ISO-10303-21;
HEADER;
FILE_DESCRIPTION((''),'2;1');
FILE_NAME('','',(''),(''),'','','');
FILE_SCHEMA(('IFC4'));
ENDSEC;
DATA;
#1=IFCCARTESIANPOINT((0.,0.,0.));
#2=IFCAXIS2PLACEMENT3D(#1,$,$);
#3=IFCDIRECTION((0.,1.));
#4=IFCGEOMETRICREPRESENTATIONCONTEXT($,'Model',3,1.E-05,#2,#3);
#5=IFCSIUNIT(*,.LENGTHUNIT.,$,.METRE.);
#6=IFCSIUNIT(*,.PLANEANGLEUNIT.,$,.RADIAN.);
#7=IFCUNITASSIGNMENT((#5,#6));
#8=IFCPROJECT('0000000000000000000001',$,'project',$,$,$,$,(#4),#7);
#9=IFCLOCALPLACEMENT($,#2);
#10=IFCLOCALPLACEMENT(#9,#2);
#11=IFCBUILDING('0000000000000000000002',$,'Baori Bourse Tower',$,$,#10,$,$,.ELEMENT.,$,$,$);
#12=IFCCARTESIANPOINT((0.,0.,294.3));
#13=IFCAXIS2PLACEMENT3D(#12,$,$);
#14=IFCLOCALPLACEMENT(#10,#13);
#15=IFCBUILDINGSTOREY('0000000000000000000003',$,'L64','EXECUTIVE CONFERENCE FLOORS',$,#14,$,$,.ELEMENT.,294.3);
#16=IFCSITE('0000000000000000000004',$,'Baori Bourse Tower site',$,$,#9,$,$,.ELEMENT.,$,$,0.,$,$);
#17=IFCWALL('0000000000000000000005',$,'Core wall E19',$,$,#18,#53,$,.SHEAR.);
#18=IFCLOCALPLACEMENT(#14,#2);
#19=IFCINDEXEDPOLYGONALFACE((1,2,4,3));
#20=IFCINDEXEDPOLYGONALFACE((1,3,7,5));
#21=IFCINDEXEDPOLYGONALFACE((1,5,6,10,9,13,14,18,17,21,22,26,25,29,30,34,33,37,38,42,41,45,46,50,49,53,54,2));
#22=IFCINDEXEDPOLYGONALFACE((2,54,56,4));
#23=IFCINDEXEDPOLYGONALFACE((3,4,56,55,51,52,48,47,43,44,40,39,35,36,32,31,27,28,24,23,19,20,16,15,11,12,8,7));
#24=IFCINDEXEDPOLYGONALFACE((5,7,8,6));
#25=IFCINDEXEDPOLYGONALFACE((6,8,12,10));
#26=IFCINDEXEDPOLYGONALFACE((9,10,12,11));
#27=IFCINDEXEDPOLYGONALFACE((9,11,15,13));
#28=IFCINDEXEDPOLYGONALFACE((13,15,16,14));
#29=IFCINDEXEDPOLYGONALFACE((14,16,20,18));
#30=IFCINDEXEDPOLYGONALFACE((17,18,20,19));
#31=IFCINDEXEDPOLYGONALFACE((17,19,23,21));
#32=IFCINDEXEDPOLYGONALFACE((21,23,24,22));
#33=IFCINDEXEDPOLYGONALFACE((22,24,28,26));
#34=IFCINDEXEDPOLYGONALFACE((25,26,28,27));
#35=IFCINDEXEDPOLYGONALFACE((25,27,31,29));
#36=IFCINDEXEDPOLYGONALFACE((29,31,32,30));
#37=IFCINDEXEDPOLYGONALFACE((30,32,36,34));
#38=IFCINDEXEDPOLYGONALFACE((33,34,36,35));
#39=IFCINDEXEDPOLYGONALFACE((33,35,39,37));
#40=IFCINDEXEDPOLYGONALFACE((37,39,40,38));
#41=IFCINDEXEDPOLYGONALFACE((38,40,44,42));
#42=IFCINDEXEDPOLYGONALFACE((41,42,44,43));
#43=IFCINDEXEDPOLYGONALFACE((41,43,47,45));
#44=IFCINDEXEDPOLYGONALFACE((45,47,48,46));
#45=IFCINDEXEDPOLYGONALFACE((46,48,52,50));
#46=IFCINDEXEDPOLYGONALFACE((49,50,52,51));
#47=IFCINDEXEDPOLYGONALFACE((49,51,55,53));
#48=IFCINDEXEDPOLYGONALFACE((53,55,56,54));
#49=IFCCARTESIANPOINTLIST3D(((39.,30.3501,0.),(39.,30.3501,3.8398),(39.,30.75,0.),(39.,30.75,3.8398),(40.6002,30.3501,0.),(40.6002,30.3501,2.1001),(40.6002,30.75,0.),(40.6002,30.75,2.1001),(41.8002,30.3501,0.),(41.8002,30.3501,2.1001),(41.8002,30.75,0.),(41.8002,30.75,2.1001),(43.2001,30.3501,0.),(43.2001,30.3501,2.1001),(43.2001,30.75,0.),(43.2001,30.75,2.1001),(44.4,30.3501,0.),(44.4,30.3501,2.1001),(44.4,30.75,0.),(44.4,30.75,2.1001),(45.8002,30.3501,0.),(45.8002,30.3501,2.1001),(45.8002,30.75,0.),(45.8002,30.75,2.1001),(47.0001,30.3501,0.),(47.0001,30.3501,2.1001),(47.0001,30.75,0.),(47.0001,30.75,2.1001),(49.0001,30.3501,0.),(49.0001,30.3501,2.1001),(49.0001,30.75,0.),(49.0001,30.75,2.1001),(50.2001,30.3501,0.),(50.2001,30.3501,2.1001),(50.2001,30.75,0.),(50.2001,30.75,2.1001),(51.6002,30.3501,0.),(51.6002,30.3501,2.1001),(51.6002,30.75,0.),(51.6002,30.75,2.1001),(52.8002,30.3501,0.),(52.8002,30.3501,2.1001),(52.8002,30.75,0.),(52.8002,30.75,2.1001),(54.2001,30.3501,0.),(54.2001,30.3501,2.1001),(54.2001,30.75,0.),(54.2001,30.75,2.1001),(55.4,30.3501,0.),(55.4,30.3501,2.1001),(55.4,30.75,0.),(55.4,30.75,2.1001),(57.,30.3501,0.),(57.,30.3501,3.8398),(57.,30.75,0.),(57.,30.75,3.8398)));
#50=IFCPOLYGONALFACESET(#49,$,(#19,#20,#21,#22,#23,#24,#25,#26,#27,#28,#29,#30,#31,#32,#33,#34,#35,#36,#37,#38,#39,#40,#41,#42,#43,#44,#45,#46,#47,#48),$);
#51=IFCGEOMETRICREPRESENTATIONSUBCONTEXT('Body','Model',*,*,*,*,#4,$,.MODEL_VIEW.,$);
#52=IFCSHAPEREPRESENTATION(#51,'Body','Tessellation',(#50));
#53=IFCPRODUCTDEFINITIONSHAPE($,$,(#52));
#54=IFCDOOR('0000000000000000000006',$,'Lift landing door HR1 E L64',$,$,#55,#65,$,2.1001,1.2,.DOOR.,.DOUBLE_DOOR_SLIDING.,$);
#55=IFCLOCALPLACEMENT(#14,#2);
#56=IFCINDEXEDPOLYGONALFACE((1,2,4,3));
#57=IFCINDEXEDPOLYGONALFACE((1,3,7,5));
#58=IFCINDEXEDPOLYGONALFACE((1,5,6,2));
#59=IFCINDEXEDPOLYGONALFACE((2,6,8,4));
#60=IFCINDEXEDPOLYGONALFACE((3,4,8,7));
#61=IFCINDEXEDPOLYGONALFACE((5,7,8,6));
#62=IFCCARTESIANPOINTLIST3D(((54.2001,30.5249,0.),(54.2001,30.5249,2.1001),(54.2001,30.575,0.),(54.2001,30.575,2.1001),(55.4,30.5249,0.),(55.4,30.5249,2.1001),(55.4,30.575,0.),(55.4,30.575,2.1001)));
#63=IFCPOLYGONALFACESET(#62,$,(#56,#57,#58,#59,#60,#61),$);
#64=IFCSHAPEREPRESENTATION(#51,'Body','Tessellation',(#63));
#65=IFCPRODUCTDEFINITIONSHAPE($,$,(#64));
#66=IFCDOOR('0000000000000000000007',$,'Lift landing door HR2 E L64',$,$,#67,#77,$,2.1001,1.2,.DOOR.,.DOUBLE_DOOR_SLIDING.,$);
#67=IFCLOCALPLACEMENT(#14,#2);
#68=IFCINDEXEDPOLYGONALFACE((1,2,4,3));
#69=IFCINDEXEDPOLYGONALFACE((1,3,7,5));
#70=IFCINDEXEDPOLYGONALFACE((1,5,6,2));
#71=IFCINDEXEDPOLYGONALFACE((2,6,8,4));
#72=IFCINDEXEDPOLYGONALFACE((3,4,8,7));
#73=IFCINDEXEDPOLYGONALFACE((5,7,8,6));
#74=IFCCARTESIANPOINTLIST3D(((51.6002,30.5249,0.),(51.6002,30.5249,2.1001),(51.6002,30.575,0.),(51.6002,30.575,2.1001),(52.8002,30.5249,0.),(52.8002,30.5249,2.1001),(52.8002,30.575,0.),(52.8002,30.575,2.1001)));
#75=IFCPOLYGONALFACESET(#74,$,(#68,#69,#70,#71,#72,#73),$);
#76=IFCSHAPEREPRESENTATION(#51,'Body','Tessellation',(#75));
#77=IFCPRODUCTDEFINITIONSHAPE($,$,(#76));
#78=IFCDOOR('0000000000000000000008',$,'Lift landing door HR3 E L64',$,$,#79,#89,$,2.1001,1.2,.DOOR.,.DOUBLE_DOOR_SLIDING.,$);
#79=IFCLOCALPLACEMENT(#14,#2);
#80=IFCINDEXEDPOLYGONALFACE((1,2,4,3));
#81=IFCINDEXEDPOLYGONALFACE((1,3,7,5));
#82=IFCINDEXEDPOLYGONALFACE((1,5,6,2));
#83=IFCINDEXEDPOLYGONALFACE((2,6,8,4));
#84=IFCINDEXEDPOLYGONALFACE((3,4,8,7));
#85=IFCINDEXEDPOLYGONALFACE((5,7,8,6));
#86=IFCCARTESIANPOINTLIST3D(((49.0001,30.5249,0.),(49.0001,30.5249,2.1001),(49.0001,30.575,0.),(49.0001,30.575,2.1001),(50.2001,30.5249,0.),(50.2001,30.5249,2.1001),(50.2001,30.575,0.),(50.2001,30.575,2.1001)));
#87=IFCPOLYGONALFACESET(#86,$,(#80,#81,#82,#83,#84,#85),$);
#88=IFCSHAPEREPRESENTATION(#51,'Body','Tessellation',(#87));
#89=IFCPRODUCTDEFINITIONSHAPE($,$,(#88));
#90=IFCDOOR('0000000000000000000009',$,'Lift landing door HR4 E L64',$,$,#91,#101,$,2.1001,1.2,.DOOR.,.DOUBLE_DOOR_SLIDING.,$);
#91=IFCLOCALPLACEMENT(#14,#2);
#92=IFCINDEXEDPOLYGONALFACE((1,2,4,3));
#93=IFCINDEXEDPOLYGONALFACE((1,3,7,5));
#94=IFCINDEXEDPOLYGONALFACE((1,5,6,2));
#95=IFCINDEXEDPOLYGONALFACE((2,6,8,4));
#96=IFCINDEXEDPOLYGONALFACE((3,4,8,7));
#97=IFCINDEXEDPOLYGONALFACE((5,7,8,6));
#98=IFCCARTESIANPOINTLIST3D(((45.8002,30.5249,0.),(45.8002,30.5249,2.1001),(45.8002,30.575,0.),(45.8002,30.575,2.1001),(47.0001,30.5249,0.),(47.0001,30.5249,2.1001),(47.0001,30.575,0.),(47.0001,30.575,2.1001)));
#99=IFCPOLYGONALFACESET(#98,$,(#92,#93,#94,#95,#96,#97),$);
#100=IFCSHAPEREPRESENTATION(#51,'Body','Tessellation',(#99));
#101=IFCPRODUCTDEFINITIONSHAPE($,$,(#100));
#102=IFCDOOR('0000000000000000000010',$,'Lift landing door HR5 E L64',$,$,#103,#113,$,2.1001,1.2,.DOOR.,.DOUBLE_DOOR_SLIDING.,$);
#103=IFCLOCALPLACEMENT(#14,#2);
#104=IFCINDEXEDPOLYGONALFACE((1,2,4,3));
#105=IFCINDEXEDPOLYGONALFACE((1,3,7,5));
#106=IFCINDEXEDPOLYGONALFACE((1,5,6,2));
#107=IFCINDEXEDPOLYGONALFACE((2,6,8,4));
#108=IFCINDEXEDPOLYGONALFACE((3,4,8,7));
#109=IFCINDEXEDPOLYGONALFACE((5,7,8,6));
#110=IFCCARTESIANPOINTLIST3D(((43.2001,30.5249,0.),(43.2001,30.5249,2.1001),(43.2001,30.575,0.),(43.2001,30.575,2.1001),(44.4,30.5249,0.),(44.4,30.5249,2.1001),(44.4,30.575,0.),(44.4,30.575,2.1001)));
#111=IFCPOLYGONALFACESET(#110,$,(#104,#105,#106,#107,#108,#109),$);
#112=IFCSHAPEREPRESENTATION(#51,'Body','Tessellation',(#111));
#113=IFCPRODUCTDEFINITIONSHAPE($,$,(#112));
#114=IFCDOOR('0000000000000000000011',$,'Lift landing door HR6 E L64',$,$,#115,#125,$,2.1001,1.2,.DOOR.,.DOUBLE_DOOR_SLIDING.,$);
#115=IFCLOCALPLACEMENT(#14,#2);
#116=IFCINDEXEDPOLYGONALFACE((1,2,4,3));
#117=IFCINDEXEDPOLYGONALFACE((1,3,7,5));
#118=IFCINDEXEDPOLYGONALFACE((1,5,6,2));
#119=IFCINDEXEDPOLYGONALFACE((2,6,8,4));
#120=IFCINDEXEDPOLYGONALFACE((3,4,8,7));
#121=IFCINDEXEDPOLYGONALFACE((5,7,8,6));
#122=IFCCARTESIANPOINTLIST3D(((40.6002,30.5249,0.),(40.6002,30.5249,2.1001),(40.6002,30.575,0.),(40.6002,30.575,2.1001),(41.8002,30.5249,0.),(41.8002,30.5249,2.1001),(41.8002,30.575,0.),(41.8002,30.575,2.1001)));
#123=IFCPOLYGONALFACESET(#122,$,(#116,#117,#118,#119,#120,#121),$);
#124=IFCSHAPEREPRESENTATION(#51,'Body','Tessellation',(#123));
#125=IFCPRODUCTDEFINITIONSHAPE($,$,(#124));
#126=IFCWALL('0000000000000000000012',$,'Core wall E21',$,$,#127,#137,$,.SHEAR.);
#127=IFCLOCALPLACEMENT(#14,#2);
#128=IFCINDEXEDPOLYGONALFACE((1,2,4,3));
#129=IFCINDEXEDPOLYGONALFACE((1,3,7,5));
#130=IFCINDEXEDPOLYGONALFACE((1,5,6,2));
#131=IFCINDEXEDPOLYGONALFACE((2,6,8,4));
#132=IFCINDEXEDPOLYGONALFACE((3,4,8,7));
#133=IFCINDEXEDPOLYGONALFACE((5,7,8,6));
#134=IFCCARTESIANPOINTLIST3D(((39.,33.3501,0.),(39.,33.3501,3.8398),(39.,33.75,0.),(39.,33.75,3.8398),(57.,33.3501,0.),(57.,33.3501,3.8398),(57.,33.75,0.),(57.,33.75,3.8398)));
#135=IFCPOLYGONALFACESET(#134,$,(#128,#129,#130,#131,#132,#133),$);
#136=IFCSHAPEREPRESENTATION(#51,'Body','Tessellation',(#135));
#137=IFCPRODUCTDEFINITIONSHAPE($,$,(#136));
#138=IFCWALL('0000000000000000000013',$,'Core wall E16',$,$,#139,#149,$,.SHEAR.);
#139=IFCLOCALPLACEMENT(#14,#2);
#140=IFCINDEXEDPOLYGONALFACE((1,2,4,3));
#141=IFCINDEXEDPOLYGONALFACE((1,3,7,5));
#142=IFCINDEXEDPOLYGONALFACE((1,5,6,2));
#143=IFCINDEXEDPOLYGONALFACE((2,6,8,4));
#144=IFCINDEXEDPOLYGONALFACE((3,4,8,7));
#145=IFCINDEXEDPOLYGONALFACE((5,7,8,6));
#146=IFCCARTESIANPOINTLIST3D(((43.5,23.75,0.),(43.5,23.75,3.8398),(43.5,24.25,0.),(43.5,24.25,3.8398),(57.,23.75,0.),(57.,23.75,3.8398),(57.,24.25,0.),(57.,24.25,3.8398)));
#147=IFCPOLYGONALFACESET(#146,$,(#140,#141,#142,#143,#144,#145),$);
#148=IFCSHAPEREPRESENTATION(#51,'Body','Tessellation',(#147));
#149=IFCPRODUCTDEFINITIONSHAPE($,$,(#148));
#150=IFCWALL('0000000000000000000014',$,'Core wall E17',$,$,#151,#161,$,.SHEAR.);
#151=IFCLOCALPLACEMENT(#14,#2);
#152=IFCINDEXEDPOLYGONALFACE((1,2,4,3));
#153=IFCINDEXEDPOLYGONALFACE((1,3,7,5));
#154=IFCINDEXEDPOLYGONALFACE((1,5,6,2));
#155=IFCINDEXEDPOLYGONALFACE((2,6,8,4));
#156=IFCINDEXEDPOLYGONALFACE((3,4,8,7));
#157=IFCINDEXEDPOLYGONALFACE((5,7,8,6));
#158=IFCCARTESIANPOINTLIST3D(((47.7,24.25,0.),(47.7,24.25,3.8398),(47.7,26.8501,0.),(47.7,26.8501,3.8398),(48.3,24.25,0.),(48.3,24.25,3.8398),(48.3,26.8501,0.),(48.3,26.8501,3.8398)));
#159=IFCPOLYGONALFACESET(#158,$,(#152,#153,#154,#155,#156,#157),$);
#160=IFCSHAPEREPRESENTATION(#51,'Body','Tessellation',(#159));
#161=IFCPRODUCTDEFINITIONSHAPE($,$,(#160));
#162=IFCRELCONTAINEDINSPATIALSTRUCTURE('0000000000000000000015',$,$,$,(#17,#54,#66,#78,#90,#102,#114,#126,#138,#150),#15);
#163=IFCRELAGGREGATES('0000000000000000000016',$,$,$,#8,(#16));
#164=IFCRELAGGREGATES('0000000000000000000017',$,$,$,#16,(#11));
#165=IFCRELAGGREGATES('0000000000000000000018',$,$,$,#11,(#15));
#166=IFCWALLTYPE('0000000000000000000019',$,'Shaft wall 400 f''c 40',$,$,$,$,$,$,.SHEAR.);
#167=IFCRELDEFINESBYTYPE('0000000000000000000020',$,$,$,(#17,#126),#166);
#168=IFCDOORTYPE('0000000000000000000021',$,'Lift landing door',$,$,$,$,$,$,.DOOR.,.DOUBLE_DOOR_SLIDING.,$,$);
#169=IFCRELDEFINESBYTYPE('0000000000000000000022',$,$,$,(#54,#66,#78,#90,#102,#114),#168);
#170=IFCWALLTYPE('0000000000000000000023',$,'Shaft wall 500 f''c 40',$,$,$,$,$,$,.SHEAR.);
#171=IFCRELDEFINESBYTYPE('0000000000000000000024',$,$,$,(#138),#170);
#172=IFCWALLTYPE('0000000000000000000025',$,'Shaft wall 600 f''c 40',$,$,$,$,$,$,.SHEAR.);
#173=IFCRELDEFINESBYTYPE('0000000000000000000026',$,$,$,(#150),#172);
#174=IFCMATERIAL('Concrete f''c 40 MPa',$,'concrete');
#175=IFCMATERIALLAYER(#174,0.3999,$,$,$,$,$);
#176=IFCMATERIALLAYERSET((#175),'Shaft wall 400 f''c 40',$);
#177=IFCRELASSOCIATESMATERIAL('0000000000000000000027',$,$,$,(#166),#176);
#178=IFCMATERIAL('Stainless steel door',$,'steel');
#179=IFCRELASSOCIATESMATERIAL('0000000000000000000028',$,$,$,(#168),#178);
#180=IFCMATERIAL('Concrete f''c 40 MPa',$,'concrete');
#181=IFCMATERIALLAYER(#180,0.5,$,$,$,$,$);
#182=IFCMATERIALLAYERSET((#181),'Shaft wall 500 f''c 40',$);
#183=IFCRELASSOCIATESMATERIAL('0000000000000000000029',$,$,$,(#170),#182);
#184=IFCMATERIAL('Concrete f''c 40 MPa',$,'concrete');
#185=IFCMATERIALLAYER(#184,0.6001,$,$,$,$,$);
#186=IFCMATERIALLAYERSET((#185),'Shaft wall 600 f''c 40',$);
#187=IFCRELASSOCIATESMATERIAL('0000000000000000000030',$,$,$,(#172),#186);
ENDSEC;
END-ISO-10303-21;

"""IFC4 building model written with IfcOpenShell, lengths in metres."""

from ifc_helpers import new_model, si_unit, direction, frame, frame_2d, origin, place, context, subcontext, project, spatial, rectangle, extrude, material, layer, layer_set, type_object, element, fill, save


model = new_model("IFC4")

# Units and contexts
model_context = context("Model", 3, precision=1e-05, world=origin(), true_north=direction((0.0, 1.0)))
body_context = subcontext(model_context, "Body", "Model", "MODEL_VIEW")
ifc_project = project(units=[si_unit("LENGTHUNIT", "METRE"), si_unit("PLANEANGLEUNIT", "RADIAN")], contexts=[model_context])

# Site, building, storey
site_placement = place(None, origin())
site = spatial("IfcSite", under=ifc_project, at=site_placement, Name="Baori Bourse Tower site", CompositionType="ELEMENT", RefElevation=0.0)
building_placement = place(site_placement, origin())
building = spatial("IfcBuilding", under=site, at=building_placement, Name="Baori Bourse Tower", CompositionType="ELEMENT")
storey_placement = place(building_placement, frame((0.0, 0.0, 294.3)))
storey = spatial("IfcBuildingStorey", under=building, at=storey_placement, Name="L64", Description="EXECUTIVE CONFERENCE FLOORS", CompositionType="ELEMENT", Elevation=294.3)

# Shared definitions
ifc_material_1 = material(Name="Concrete f'c 40 MPa", Category="concrete")
ifc_layer_1 = layer(ifc_material_1, 0.3999)
ifc_layer_set_1 = layer_set([ifc_layer_1], Name="Shaft wall 400 f'c 40")
wall_type_1 = type_object("IfcWallType", Name="Shaft wall 400 f'c 40", PredefinedType="SHEAR", material=ifc_layer_set_1)
ifc_material_2 = material(Name="Stainless steel door", Category="steel")
door_type_1 = type_object("IfcDoorType", Name="Lift landing door", OperationType="DOUBLE_DOOR_SLIDING", PredefinedType="DOOR", material=ifc_material_2)

# Wall, openings, doors
wall_1_placement = place(storey_placement, frame((39.0, 30.55, 0.0), z_axis=(0.0, 0.0, 1.0), x_axis=(1.0, 0.0, 0.0)))
wall_1 = element("IfcWall", 1, at=wall_1_placement, inside=storey, type_object=wall_type_1, Name="Core wall E19", PredefinedType="SHEAR", context=body_context, shape_type="SweptSolid", body=[
    extrude(rectangle(XDim=18.0, YDim=0.3999, at=frame_2d((9.0, 0.0))), origin(), (0.0, 0.0, 1.0), 3.8398),
])
opening_1_placement = place(wall_1_placement, frame((15.2, 0.0, 0.0)))
opening_1 = element("IfcOpeningElement", 2, at=opening_1_placement, cuts=wall_1, PredefinedType="OPENING", context=body_context, shape_type="SweptSolid", body=[
    extrude(rectangle(XDim=1.2, YDim=2.1001, at=frame_2d((0.6001, 1.05))), frame((0.0, 0.21, 0.0), z_axis=(0.0, -1.0, 0.0), x_axis=(1.0, 0.0, 0.0)), (0.0, 0.0, 1.0), 0.4199),
])
opening_2_placement = place(wall_1_placement, frame((12.6001, 0.0, 0.0)))
opening_2 = element("IfcOpeningElement", 3, at=opening_2_placement, cuts=wall_1, PredefinedType="OPENING", context=body_context, shape_type="SweptSolid", body=[
    extrude(rectangle(XDim=1.2, YDim=2.1001, at=frame_2d((0.6001, 1.05))), frame((0.0, 0.21, 0.0), z_axis=(0.0, -1.0, 0.0), x_axis=(1.0, 0.0, 0.0)), (0.0, 0.0, 1.0), 0.4199),
])
opening_3_placement = place(wall_1_placement, frame((10.0, 0.0, 0.0)))
opening_3 = element("IfcOpeningElement", 4, at=opening_3_placement, cuts=wall_1, PredefinedType="OPENING", context=body_context, shape_type="SweptSolid", body=[
    extrude(rectangle(XDim=1.2, YDim=2.1001, at=frame_2d((0.6001, 1.05))), frame((0.0, 0.21, 0.0), z_axis=(0.0, -1.0, 0.0), x_axis=(1.0, 0.0, 0.0)), (0.0, 0.0, 1.0), 0.4199),
])
opening_4_placement = place(wall_1_placement, frame((6.8, 0.0, 0.0)))
opening_4 = element("IfcOpeningElement", 5, at=opening_4_placement, cuts=wall_1, PredefinedType="OPENING", context=body_context, shape_type="SweptSolid", body=[
    extrude(rectangle(XDim=1.2, YDim=2.1001, at=frame_2d((0.6001, 1.05))), frame((0.0, 0.21, 0.0), z_axis=(0.0, -1.0, 0.0), x_axis=(1.0, 0.0, 0.0)), (0.0, 0.0, 1.0), 0.4199),
])
opening_5_placement = place(wall_1_placement, frame((4.2, 0.0, 0.0)))
opening_5 = element("IfcOpeningElement", 6, at=opening_5_placement, cuts=wall_1, PredefinedType="OPENING", context=body_context, shape_type="SweptSolid", body=[
    extrude(rectangle(XDim=1.2, YDim=2.1001, at=frame_2d((0.6001, 1.05))), frame((0.0, 0.21, 0.0), z_axis=(0.0, -1.0, 0.0), x_axis=(1.0, 0.0, 0.0)), (0.0, 0.0, 1.0), 0.4199),
])
opening_6_placement = place(wall_1_placement, frame((1.6001, 0.0, 0.0)))
opening_6 = element("IfcOpeningElement", 7, at=opening_6_placement, cuts=wall_1, PredefinedType="OPENING", context=body_context, shape_type="SweptSolid", body=[
    extrude(rectangle(XDim=1.2, YDim=2.1001, at=frame_2d((0.6001, 1.05))), frame((0.0, 0.21, 0.0), z_axis=(0.0, -1.0, 0.0), x_axis=(1.0, 0.0, 0.0)), (0.0, 0.0, 1.0), 0.4199),
])
door_1_placement = place(opening_1_placement, origin())
door_1 = element("IfcDoor", 8, at=door_1_placement, inside=storey, type_object=door_type_1, Name="Lift landing door HR1 E L64", OperationType="DOUBLE_DOOR_SLIDING", OverallHeight=2.1001, OverallWidth=1.2, PredefinedType="DOOR", context=body_context, shape_type="SweptSolid", body=[
    extrude(rectangle(XDim=1.2, YDim=2.1001, at=frame_2d((0.6001, 1.05))), frame((0.0, 0.0249, 0.0), z_axis=(0.0, -1.0, 0.0), x_axis=(1.0, 0.0, 0.0)), (0.0, 0.0, 1.0), 0.05),
])
fill(opening_1, door_1)
door_2_placement = place(opening_2_placement, origin())
door_2 = element("IfcDoor", 9, at=door_2_placement, inside=storey, type_object=door_type_1, Name="Lift landing door HR2 E L64", OperationType="DOUBLE_DOOR_SLIDING", OverallHeight=2.1001, OverallWidth=1.2, PredefinedType="DOOR", context=body_context, shape_type="SweptSolid", body=[
    extrude(rectangle(XDim=1.2, YDim=2.1001, at=frame_2d((0.6001, 1.05))), frame((0.0, 0.0249, 0.0), z_axis=(0.0, -1.0, 0.0), x_axis=(1.0, 0.0, 0.0)), (0.0, 0.0, 1.0), 0.05),
])
fill(opening_2, door_2)
door_3_placement = place(opening_3_placement, origin())
door_3 = element("IfcDoor", 10, at=door_3_placement, inside=storey, type_object=door_type_1, Name="Lift landing door HR3 E L64", OperationType="DOUBLE_DOOR_SLIDING", OverallHeight=2.1001, OverallWidth=1.2, PredefinedType="DOOR", context=body_context, shape_type="SweptSolid", body=[
    extrude(rectangle(XDim=1.2, YDim=2.1001, at=frame_2d((0.6001, 1.05))), frame((0.0, 0.0249, 0.0), z_axis=(0.0, -1.0, 0.0), x_axis=(1.0, 0.0, 0.0)), (0.0, 0.0, 1.0), 0.05),
])
fill(opening_3, door_3)
door_4_placement = place(opening_4_placement, origin())
door_4 = element("IfcDoor", 11, at=door_4_placement, inside=storey, type_object=door_type_1, Name="Lift landing door HR4 E L64", OperationType="DOUBLE_DOOR_SLIDING", OverallHeight=2.1001, OverallWidth=1.2, PredefinedType="DOOR", context=body_context, shape_type="SweptSolid", body=[
    extrude(rectangle(XDim=1.2, YDim=2.1001, at=frame_2d((0.6001, 1.05))), frame((0.0, 0.0249, 0.0), z_axis=(0.0, -1.0, 0.0), x_axis=(1.0, 0.0, 0.0)), (0.0, 0.0, 1.0), 0.05),
])
fill(opening_4, door_4)
door_5_placement = place(opening_5_placement, origin())
door_5 = element("IfcDoor", 12, at=door_5_placement, inside=storey, type_object=door_type_1, Name="Lift landing door HR5 E L64", OperationType="DOUBLE_DOOR_SLIDING", OverallHeight=2.1001, OverallWidth=1.2, PredefinedType="DOOR", context=body_context, shape_type="SweptSolid", body=[
    extrude(rectangle(XDim=1.2, YDim=2.1001, at=frame_2d((0.6001, 1.05))), frame((0.0, 0.0249, 0.0), z_axis=(0.0, -1.0, 0.0), x_axis=(1.0, 0.0, 0.0)), (0.0, 0.0, 1.0), 0.05),
])
fill(opening_5, door_5)
door_6_placement = place(opening_6_placement, origin())
door_6 = element("IfcDoor", 13, at=door_6_placement, inside=storey, type_object=door_type_1, Name="Lift landing door HR6 E L64", OperationType="DOUBLE_DOOR_SLIDING", OverallHeight=2.1001, OverallWidth=1.2, PredefinedType="DOOR", context=body_context, shape_type="SweptSolid", body=[
    extrude(rectangle(XDim=1.2, YDim=2.1001, at=frame_2d((0.6001, 1.05))), frame((0.0, 0.0249, 0.0), z_axis=(0.0, -1.0, 0.0), x_axis=(1.0, 0.0, 0.0)), (0.0, 0.0, 1.0), 0.05),
])
fill(opening_6, door_6)

# Walls
wall_2_placement = place(storey_placement, frame((39.0, 33.55, 0.0), z_axis=(0.0, 0.0, 1.0), x_axis=(1.0, 0.0, 0.0)))
element("IfcWall", 14, at=wall_2_placement, inside=storey, type_object=wall_type_1, Name="Core wall E21", PredefinedType="SHEAR", context=body_context, shape_type="SweptSolid", body=[
    extrude(rectangle(XDim=18.0, YDim=0.3999, at=frame_2d((9.0, 0.0))), origin(), (0.0, 0.0, 1.0), 3.8398),
])
ifc_material_3 = material(Name="Concrete f'c 40 MPa", Category="concrete")
ifc_layer_2 = layer(ifc_material_3, 0.5)
ifc_layer_set_2 = layer_set([ifc_layer_2], Name="Shaft wall 500 f'c 40")
wall_type_2 = type_object("IfcWallType", Name="Shaft wall 500 f'c 40", PredefinedType="SHEAR", material=ifc_layer_set_2)
wall_3_placement = place(storey_placement, frame((43.5, 24.0, 0.0), z_axis=(0.0, 0.0, 1.0), x_axis=(1.0, 0.0, 0.0)))
element("IfcWall", 15, at=wall_3_placement, inside=storey, type_object=wall_type_2, Name="Core wall E16", PredefinedType="SHEAR", context=body_context, shape_type="SweptSolid", body=[
    extrude(rectangle(XDim=13.5, YDim=0.5, at=frame_2d((6.75, 0.0))), origin(), (0.0, 0.0, 1.0), 3.8398),
])
ifc_material_4 = material(Name="Concrete f'c 40 MPa", Category="concrete")
ifc_layer_3 = layer(ifc_material_4, 0.6001)
ifc_layer_set_3 = layer_set([ifc_layer_3], Name="Shaft wall 600 f'c 40")
wall_type_3 = type_object("IfcWallType", Name="Shaft wall 600 f'c 40", PredefinedType="SHEAR", material=ifc_layer_set_3)
for number, where, z_axis, x_axis, name in (
    (16, (48.0, 24.25, 0.0), (0.0, 0.0, 1.0), (0.0, 1.0, 0.0), "Core wall E17"),
):
    element("IfcWall", number, at=place(storey_placement, frame(where, z_axis=z_axis, x_axis=x_axis)), inside=storey, type_object=wall_type_3, Name=name, PredefinedType="SHEAR", context=body_context, shape_type="SweptSolid", body=[
        extrude(rectangle(XDim=2.6001, YDim=0.6001, at=frame_2d((1.3, 0.0))), origin(), (0.0, 0.0, 1.0), 3.8398),
    ])

save(model, "model.ifc")
